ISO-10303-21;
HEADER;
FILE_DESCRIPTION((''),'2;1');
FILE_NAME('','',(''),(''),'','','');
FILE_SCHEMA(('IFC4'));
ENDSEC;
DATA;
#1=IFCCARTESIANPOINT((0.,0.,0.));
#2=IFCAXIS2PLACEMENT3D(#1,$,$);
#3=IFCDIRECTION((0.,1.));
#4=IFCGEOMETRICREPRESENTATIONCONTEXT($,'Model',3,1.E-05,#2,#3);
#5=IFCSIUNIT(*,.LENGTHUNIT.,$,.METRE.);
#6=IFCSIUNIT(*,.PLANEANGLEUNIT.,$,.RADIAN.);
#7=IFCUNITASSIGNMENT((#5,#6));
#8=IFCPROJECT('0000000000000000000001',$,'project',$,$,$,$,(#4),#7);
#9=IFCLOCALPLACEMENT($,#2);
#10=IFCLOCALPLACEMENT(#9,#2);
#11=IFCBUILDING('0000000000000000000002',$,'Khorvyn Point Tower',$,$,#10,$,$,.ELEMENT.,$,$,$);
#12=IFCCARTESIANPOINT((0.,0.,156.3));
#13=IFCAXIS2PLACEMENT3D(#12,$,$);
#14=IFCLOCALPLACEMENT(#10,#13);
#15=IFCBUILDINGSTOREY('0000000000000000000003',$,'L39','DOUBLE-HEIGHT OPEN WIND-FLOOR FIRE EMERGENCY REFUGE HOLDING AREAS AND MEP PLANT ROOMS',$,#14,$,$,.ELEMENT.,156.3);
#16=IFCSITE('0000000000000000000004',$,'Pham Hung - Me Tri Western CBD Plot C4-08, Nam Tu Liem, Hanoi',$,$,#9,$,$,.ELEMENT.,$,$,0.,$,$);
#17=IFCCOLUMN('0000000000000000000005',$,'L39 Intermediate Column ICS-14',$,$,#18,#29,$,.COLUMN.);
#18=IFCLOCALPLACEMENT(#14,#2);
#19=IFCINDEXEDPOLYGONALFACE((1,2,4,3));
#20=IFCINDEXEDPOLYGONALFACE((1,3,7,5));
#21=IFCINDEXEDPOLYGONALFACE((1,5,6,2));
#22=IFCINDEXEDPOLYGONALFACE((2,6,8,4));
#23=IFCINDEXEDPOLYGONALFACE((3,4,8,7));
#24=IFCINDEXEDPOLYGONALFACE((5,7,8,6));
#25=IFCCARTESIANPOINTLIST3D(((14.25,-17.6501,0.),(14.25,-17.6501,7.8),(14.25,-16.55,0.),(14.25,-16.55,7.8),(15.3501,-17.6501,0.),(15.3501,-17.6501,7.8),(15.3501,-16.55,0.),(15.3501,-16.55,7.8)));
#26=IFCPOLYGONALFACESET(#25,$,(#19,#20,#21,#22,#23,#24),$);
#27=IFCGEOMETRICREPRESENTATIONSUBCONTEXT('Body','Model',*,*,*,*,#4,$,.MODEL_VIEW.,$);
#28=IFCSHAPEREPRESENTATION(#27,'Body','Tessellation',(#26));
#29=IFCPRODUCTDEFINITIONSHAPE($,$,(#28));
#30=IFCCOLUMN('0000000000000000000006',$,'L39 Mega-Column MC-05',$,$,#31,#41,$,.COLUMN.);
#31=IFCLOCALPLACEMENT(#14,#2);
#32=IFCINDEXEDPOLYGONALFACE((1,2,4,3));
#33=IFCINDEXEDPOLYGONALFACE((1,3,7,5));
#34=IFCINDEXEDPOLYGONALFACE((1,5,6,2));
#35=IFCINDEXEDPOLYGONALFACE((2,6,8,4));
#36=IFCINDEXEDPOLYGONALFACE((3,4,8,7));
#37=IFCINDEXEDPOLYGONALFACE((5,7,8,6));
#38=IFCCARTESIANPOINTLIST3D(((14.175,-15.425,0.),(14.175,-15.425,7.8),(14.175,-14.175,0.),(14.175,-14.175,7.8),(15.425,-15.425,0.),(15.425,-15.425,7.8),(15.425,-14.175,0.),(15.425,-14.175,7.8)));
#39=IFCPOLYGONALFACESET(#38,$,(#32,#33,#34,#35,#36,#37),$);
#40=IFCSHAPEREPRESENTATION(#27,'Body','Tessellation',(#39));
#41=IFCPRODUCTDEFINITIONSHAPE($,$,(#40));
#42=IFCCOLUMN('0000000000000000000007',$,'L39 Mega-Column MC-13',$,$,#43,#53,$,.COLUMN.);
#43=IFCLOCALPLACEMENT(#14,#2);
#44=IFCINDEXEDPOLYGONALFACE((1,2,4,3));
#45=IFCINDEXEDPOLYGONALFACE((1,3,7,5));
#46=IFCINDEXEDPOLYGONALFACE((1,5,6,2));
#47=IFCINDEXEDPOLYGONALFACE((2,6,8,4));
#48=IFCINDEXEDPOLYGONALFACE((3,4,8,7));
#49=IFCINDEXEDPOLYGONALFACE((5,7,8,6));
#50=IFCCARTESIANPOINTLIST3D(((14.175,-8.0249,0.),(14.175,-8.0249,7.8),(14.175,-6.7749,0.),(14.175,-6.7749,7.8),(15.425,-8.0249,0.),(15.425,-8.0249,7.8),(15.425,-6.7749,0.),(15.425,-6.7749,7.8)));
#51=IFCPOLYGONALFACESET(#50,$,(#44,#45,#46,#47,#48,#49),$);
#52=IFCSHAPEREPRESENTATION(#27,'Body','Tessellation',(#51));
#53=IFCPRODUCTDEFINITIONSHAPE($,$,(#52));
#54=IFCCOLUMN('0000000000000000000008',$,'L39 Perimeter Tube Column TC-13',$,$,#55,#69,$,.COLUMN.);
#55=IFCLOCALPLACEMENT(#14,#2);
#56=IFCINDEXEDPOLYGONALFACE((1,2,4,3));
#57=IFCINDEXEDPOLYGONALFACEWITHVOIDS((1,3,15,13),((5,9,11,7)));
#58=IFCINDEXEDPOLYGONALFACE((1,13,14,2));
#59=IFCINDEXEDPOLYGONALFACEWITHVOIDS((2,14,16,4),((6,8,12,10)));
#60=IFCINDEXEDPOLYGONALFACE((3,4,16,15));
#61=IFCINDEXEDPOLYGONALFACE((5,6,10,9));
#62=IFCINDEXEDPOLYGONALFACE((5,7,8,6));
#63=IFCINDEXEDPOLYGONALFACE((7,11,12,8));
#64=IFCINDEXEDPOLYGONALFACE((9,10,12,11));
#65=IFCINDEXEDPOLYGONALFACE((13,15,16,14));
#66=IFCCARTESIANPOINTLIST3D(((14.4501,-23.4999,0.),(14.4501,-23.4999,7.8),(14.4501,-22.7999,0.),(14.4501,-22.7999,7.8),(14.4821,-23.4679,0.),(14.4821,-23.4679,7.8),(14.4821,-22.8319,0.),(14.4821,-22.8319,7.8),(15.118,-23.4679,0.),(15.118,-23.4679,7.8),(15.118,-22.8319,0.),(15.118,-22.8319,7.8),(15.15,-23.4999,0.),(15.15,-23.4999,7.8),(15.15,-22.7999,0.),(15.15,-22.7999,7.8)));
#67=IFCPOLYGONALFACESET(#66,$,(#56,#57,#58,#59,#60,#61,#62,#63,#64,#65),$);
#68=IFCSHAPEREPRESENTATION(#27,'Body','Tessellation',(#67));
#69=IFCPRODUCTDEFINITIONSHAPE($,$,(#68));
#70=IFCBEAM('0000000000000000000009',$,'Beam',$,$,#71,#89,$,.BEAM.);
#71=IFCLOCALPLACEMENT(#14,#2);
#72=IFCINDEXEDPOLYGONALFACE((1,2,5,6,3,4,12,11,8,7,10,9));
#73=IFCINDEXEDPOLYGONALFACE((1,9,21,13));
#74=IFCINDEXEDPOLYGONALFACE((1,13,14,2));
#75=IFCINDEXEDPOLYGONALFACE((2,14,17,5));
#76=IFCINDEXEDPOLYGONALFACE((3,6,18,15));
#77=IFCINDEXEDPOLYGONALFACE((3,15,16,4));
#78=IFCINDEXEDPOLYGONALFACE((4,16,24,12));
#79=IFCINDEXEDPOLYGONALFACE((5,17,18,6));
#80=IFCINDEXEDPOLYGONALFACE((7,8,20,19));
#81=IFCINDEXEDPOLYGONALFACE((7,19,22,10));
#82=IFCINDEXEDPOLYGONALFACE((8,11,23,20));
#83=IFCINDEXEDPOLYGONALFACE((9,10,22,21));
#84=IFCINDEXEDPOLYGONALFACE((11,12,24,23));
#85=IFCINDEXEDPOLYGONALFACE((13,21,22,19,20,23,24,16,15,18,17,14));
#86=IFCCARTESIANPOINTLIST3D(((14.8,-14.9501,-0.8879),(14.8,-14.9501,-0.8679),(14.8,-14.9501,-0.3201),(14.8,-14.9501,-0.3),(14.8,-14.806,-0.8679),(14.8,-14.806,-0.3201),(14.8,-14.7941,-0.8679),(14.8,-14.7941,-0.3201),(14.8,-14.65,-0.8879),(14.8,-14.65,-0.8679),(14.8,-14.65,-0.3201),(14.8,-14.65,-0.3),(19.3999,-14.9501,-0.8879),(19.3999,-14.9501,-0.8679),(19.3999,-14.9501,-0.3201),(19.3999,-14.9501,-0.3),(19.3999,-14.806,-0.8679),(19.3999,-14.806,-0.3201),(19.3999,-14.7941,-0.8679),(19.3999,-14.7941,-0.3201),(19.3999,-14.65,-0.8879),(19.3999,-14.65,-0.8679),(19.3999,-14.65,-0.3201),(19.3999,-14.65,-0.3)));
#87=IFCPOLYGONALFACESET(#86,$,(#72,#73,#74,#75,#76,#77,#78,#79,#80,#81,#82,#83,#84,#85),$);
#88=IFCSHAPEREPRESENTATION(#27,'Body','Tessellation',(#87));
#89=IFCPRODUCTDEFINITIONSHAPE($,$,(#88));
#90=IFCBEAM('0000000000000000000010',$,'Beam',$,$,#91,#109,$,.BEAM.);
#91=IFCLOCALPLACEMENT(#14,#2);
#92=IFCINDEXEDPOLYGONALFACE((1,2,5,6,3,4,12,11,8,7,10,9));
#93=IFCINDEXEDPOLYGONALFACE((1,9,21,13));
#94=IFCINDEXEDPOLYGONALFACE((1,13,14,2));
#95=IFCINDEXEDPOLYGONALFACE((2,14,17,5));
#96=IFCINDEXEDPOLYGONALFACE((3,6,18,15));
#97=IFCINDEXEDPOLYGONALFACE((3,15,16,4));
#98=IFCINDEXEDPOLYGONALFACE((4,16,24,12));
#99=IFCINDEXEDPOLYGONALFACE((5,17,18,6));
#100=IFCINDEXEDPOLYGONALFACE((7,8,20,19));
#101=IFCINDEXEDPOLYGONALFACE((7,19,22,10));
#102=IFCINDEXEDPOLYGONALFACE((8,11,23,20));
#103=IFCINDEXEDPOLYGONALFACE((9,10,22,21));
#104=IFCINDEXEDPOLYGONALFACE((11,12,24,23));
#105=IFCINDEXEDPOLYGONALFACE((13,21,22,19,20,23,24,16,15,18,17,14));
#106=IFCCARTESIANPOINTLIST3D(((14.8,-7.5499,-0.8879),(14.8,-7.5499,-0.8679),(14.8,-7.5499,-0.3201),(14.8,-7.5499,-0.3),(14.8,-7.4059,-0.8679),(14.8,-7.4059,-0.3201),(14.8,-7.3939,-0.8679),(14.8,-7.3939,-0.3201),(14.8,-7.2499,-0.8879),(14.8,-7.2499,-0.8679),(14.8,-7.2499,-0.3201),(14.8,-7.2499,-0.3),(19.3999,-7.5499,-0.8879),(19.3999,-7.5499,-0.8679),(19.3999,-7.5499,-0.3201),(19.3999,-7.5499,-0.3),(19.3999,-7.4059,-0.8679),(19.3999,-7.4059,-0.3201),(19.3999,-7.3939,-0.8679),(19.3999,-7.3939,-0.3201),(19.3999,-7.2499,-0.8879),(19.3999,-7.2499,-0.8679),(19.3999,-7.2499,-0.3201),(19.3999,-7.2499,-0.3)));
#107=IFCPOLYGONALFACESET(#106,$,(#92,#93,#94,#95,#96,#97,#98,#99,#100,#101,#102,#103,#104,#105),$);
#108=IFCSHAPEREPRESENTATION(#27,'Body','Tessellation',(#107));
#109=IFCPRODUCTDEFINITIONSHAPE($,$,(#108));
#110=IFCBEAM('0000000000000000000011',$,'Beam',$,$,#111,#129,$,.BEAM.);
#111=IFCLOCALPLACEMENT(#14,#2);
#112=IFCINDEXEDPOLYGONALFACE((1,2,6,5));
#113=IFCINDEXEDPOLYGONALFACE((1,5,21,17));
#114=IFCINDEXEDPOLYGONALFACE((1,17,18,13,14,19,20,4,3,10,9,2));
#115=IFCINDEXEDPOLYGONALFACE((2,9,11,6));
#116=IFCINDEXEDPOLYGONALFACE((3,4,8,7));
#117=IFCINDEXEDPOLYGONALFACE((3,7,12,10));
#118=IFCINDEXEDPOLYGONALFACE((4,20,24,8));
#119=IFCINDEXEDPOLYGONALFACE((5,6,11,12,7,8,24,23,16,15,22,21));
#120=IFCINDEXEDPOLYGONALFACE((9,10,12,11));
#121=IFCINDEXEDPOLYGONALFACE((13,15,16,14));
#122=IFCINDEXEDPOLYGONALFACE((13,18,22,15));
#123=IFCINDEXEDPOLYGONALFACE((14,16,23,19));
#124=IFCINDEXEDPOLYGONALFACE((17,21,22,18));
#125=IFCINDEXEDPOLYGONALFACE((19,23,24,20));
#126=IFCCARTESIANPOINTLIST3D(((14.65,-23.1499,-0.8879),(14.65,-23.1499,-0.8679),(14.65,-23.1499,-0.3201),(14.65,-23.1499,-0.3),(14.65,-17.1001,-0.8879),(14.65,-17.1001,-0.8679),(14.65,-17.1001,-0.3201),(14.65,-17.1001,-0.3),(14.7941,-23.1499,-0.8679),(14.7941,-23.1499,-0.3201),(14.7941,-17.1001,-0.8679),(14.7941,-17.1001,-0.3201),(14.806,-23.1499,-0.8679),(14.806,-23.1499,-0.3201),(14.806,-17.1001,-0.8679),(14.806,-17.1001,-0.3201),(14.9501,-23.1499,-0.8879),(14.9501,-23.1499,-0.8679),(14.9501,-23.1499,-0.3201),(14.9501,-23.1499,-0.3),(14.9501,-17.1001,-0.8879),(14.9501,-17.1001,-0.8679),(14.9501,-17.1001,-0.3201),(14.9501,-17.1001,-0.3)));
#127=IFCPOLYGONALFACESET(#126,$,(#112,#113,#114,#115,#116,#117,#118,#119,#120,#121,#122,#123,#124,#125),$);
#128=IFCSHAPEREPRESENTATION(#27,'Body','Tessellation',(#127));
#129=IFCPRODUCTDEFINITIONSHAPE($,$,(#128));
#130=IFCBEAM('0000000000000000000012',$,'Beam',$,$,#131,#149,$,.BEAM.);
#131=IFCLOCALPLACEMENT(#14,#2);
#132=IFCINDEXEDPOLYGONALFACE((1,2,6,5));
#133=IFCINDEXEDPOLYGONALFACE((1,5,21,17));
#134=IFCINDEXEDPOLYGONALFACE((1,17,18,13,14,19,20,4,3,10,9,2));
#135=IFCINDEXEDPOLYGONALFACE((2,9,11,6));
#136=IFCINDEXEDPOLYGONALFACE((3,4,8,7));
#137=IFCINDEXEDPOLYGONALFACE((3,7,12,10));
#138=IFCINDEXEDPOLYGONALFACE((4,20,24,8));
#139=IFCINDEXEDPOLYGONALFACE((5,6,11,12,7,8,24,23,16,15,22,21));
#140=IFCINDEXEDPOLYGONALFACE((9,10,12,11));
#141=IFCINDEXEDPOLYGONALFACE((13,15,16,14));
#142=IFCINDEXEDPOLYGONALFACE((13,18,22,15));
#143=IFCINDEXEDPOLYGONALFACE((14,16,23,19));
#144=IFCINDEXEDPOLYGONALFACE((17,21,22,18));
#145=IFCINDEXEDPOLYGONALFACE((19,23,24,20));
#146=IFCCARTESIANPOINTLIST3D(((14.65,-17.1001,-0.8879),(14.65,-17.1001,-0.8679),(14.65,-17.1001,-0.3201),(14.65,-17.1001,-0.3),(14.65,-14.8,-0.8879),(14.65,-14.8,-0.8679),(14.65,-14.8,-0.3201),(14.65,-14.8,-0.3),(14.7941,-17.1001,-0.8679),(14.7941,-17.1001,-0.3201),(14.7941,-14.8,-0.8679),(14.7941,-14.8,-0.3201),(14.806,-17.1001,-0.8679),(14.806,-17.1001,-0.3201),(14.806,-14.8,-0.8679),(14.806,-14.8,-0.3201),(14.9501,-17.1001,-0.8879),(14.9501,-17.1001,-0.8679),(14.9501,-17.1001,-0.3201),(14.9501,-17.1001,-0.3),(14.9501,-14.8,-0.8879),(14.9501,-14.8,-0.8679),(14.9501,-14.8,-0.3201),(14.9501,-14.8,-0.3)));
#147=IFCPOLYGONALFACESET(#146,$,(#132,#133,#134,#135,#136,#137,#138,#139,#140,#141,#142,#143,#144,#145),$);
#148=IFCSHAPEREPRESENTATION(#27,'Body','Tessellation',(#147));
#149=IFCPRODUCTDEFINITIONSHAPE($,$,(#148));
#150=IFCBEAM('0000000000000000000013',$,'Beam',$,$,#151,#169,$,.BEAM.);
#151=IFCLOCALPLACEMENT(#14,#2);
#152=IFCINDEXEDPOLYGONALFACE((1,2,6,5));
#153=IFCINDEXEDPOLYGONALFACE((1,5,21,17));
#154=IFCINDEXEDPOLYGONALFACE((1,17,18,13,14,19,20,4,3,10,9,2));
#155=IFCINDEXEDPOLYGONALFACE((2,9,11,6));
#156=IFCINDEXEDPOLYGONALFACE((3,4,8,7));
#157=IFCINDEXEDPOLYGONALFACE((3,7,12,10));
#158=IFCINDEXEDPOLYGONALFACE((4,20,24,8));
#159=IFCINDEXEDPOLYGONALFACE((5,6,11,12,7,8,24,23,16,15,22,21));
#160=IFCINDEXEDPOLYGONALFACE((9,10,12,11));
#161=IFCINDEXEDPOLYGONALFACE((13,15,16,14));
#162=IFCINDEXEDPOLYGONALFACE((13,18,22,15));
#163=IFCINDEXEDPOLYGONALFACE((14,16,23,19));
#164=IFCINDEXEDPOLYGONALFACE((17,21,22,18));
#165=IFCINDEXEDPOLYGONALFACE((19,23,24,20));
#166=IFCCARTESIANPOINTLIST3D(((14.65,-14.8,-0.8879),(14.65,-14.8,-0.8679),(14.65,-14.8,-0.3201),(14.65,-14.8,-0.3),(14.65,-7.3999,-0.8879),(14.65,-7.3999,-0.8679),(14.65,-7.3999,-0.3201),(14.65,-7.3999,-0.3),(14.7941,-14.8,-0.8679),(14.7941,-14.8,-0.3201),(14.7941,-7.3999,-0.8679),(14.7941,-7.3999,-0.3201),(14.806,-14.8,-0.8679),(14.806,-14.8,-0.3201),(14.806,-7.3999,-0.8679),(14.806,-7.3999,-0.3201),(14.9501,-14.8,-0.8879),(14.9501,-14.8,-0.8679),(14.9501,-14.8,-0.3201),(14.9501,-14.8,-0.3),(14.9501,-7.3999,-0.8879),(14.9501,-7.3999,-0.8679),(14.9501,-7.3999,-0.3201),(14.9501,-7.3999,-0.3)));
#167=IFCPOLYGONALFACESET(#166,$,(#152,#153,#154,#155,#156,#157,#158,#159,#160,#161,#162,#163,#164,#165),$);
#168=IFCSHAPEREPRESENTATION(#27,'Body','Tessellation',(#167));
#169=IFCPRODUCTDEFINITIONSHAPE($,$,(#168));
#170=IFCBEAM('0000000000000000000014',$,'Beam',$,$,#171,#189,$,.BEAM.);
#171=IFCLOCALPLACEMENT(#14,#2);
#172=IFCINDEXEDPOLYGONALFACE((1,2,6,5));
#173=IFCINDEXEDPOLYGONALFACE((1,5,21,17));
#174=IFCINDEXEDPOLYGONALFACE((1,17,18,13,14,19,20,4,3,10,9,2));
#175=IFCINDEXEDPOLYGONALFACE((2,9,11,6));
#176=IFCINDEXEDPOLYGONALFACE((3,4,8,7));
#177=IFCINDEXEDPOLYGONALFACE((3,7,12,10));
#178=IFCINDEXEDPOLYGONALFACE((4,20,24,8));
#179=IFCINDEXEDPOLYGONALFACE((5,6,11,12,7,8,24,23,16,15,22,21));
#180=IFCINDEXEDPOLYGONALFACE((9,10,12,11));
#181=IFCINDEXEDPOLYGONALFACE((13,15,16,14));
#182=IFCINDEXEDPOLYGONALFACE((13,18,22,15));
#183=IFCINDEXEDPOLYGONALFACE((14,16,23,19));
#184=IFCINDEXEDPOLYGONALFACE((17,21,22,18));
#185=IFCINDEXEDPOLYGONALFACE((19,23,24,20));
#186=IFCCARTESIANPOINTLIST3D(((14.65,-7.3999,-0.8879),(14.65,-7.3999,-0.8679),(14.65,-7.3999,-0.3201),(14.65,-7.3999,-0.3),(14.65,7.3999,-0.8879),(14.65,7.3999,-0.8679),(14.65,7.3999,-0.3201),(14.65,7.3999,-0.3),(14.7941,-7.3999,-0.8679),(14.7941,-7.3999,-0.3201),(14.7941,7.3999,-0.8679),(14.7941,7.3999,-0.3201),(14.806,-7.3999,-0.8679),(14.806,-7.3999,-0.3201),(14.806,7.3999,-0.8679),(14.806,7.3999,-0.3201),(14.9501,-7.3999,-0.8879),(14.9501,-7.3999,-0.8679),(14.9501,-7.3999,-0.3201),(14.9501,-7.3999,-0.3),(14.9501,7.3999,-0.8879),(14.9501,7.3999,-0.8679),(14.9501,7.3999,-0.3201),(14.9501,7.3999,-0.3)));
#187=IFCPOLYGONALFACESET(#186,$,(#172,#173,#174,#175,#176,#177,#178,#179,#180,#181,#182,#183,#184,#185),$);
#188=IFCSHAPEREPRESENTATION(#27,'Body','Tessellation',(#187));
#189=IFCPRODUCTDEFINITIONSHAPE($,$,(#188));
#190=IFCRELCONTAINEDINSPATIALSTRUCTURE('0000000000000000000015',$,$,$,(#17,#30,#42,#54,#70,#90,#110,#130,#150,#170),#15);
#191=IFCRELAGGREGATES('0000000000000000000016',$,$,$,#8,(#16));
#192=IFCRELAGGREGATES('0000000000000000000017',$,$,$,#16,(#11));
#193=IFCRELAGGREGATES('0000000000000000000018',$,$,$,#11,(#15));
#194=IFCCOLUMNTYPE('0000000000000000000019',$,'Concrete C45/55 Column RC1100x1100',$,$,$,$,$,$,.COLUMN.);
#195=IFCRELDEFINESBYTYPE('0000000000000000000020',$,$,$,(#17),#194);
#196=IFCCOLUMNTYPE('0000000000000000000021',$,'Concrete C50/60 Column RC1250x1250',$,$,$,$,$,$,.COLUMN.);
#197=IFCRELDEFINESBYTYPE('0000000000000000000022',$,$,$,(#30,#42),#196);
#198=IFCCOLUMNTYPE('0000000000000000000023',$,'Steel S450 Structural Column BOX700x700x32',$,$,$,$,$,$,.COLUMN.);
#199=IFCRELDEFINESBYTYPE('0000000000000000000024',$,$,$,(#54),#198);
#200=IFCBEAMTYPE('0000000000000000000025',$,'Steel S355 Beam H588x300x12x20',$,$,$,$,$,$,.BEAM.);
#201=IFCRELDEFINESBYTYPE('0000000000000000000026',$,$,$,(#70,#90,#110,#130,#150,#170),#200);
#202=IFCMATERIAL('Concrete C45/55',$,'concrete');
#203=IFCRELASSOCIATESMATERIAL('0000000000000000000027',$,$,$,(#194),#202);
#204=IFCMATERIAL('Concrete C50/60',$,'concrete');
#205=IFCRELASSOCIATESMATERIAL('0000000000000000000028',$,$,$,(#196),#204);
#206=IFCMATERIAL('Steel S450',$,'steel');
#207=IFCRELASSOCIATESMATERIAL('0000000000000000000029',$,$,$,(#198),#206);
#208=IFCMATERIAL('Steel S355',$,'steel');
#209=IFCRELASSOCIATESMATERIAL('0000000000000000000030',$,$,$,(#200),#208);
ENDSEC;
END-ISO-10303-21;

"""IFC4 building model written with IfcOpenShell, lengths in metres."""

from ifc_helpers import new_model, si_unit, direction, frame, origin, origin_2d, place, context, subcontext, project, spatial, rectangle, hollow_rectangle, i_section, extrude, material, material_profile, profile_set, type_object, element, save


model = new_model("IFC4")

# Units and contexts
model_context = context("Model", 3, precision=1e-05, world=origin(), true_north=direction((0.0, 1.0)))
body_context = subcontext(model_context, "Body", "Model", "MODEL_VIEW")
ifc_project = project(units=[si_unit("LENGTHUNIT", "METRE"), si_unit("PLANEANGLEUNIT", "RADIAN")], contexts=[model_context])

# Site, building, storey
site_placement = place(None, origin())
site = spatial("IfcSite", under=ifc_project, at=site_placement, Name="Pham Hung - Me Tri Western CBD Plot C4-08, Nam Tu Liem, Hanoi", CompositionType="ELEMENT", RefElevation=0.0)
building_placement = place(site_placement, origin())
building = spatial("IfcBuilding", under=site, at=building_placement, Name="Khorvyn Point Tower", CompositionType="ELEMENT")
storey_placement = place(building_placement, frame((0.0, 0.0, 156.3)))
storey = spatial("IfcBuildingStorey", under=building, at=storey_placement, Name="L39", Description="DOUBLE-HEIGHT OPEN WIND-FLOOR FIRE EMERGENCY REFUGE HOLDING AREAS AND MEP PLANT ROOMS", CompositionType="ELEMENT", Elevation=156.3)

# Columns
ifc_material_1 = material(Name="Concrete C45/55", Category="concrete")
ifc_material_profile_1 = material_profile(ifc_material_1, rectangle(XDim=1.1001, YDim=1.1001, at=origin_2d()))
ifc_profile_set_1 = profile_set([ifc_material_profile_1], Name="Concrete C45/55 RC1100x1100")
column_type_1 = type_object("IfcColumnType", Name="Concrete C45/55 Column RC1100x1100", PredefinedType="COLUMN", material=ifc_profile_set_1)
column_1_placement = place(storey_placement, frame((14.8, -17.1001, 0.0), z_axis=(0.0, 0.0, 1.0), x_axis=(1.0, 0.0, 0.0)))
element("IfcColumn", 1, at=column_1_placement, inside=storey, type_object=column_type_1, Name="L39 Intermediate Column ICS-14", PredefinedType="COLUMN", context=body_context, shape_type="SweptSolid", body=[
    extrude(rectangle(XDim=1.1001, YDim=1.1001, at=origin_2d()), origin(), (0.0, 0.0, 1.0), 7.8),
])
ifc_material_2 = material(Name="Concrete C50/60", Category="concrete")
ifc_material_profile_2 = material_profile(ifc_material_2, rectangle(XDim=1.25, YDim=1.25, at=origin_2d()))
ifc_profile_set_2 = profile_set([ifc_material_profile_2], Name="Concrete C50/60 RC1250x1250")
column_type_2 = type_object("IfcColumnType", Name="Concrete C50/60 Column RC1250x1250", PredefinedType="COLUMN", material=ifc_profile_set_2)
for number, where, z_axis, x_axis, name in (
    (2, (14.8, -14.8, 0.0), (0.0, 0.0, 1.0), (1.0, 0.0, 0.0), "L39 Mega-Column MC-05"),
    (3, (14.8, -7.3999, 0.0), (0.0, 0.0, 1.0), (1.0, 0.0, 0.0), "L39 Mega-Column MC-13"),
):
    element("IfcColumn", number, at=place(storey_placement, frame(where, z_axis=z_axis, x_axis=x_axis)), inside=storey, type_object=column_type_2, Name=name, PredefinedType="COLUMN", context=body_context, shape_type="SweptSolid", body=[
        extrude(rectangle(XDim=1.25, YDim=1.25, at=origin_2d()), origin(), (0.0, 0.0, 1.0), 7.8),
    ])
ifc_material_3 = material(Name="Steel S450", Category="steel")
ifc_material_profile_3 = material_profile(ifc_material_3, hollow_rectangle(XDim=0.7, YDim=0.7, WallThickness=0.032, at=origin_2d()))
ifc_profile_set_3 = profile_set([ifc_material_profile_3], Name="Steel S450 BOX700x700x32")
column_type_3 = type_object("IfcColumnType", Name="Steel S450 Structural Column BOX700x700x32", PredefinedType="COLUMN", material=ifc_profile_set_3)
column_2_placement = place(storey_placement, frame((14.8, -23.1499, 0.0), z_axis=(0.0, 0.0, 1.0), x_axis=(1.0, 0.0, 0.0)))
element("IfcColumn", 4, at=column_2_placement, inside=storey, type_object=column_type_3, Name="L39 Perimeter Tube Column TC-13", PredefinedType="COLUMN", context=body_context, shape_type="SweptSolid", body=[
    extrude(hollow_rectangle(XDim=0.7, YDim=0.7, WallThickness=0.032, at=origin_2d()), origin(), (0.0, 0.0, 1.0), 7.8),
])

# Beams
ifc_material_4 = material(Name="Steel S355", Category="steel")
ifc_material_profile_4 = material_profile(ifc_material_4, i_section(OverallWidth=0.3, OverallDepth=0.5879, WebThickness=0.012, FlangeThickness=0.02, at=origin_2d()))
ifc_profile_set_4 = profile_set([ifc_material_profile_4], Name="Steel S355 H588x300x12x20")
beam_type_1 = type_object("IfcBeamType", Name="Steel S355 Beam H588x300x12x20", PredefinedType="BEAM", material=ifc_profile_set_4)
for number, where, z_axis, x_axis, name in (
    (5, (14.8, -14.8, -0.594), (1.0, 0.0, 0.0), (0.0, 1.0, 0.0), "Beam"),
    (6, (14.8, -7.3999, -0.594), (1.0, 0.0, 0.0), (0.0, 1.0, 0.0), "Beam"),
):
    element("IfcBeam", number, at=place(storey_placement, frame(where, z_axis=z_axis, x_axis=x_axis)), inside=storey, type_object=beam_type_1, Name=name, PredefinedType="BEAM", context=body_context, shape_type="SweptSolid", body=[
        extrude(i_section(OverallWidth=0.3, OverallDepth=0.5879, WebThickness=0.012, FlangeThickness=0.02, at=origin_2d()), origin(), (0.0, 0.0, 1.0), 4.5999),
    ])
beam_1_placement = place(storey_placement, frame((14.8, -23.1499, -0.594), z_axis=(0.0, 1.0, 0.0), x_axis=(-1.0, 0.0, 0.0)))
element("IfcBeam", 7, at=beam_1_placement, inside=storey, type_object=beam_type_1, Name="Beam", PredefinedType="BEAM", context=body_context, shape_type="SweptSolid", body=[
    extrude(i_section(OverallWidth=0.3, OverallDepth=0.5879, WebThickness=0.012, FlangeThickness=0.02, at=origin_2d()), origin(), (0.0, 0.0, 1.0), 6.0498),
])
beam_2_placement = place(storey_placement, frame((14.8, -17.1001, -0.594), z_axis=(0.0, 1.0, 0.0), x_axis=(-1.0, 0.0, 0.0)))
element("IfcBeam", 8, at=beam_2_placement, inside=storey, type_object=beam_type_1, Name="Beam", PredefinedType="BEAM", context=body_context, shape_type="SweptSolid", body=[
    extrude(i_section(OverallWidth=0.3, OverallDepth=0.5879, WebThickness=0.012, FlangeThickness=0.02, at=origin_2d()), origin(), (0.0, 0.0, 1.0), 2.3),
])
beam_3_placement = place(storey_placement, frame((14.8, -14.8, -0.594), z_axis=(0.0, 1.0, 0.0), x_axis=(-1.0, 0.0, 0.0)))
element("IfcBeam", 9, at=beam_3_placement, inside=storey, type_object=beam_type_1, Name="Beam", PredefinedType="BEAM", context=body_context, shape_type="SweptSolid", body=[
    extrude(i_section(OverallWidth=0.3, OverallDepth=0.5879, WebThickness=0.012, FlangeThickness=0.02, at=origin_2d()), origin(), (0.0, 0.0, 1.0), 7.4001),
])
beam_4_placement = place(storey_placement, frame((14.8, -7.3999, -0.594), z_axis=(0.0, 1.0, 0.0), x_axis=(-1.0, 0.0, 0.0)))
element("IfcBeam", 10, at=beam_4_placement, inside=storey, type_object=beam_type_1, Name="Beam", PredefinedType="BEAM", context=body_context, shape_type="SweptSolid", body=[
    extrude(i_section(OverallWidth=0.3, OverallDepth=0.5879, WebThickness=0.012, FlangeThickness=0.02, at=origin_2d()), origin(), (0.0, 0.0, 1.0), 14.7998),
])

save(model, "model.ifc")
